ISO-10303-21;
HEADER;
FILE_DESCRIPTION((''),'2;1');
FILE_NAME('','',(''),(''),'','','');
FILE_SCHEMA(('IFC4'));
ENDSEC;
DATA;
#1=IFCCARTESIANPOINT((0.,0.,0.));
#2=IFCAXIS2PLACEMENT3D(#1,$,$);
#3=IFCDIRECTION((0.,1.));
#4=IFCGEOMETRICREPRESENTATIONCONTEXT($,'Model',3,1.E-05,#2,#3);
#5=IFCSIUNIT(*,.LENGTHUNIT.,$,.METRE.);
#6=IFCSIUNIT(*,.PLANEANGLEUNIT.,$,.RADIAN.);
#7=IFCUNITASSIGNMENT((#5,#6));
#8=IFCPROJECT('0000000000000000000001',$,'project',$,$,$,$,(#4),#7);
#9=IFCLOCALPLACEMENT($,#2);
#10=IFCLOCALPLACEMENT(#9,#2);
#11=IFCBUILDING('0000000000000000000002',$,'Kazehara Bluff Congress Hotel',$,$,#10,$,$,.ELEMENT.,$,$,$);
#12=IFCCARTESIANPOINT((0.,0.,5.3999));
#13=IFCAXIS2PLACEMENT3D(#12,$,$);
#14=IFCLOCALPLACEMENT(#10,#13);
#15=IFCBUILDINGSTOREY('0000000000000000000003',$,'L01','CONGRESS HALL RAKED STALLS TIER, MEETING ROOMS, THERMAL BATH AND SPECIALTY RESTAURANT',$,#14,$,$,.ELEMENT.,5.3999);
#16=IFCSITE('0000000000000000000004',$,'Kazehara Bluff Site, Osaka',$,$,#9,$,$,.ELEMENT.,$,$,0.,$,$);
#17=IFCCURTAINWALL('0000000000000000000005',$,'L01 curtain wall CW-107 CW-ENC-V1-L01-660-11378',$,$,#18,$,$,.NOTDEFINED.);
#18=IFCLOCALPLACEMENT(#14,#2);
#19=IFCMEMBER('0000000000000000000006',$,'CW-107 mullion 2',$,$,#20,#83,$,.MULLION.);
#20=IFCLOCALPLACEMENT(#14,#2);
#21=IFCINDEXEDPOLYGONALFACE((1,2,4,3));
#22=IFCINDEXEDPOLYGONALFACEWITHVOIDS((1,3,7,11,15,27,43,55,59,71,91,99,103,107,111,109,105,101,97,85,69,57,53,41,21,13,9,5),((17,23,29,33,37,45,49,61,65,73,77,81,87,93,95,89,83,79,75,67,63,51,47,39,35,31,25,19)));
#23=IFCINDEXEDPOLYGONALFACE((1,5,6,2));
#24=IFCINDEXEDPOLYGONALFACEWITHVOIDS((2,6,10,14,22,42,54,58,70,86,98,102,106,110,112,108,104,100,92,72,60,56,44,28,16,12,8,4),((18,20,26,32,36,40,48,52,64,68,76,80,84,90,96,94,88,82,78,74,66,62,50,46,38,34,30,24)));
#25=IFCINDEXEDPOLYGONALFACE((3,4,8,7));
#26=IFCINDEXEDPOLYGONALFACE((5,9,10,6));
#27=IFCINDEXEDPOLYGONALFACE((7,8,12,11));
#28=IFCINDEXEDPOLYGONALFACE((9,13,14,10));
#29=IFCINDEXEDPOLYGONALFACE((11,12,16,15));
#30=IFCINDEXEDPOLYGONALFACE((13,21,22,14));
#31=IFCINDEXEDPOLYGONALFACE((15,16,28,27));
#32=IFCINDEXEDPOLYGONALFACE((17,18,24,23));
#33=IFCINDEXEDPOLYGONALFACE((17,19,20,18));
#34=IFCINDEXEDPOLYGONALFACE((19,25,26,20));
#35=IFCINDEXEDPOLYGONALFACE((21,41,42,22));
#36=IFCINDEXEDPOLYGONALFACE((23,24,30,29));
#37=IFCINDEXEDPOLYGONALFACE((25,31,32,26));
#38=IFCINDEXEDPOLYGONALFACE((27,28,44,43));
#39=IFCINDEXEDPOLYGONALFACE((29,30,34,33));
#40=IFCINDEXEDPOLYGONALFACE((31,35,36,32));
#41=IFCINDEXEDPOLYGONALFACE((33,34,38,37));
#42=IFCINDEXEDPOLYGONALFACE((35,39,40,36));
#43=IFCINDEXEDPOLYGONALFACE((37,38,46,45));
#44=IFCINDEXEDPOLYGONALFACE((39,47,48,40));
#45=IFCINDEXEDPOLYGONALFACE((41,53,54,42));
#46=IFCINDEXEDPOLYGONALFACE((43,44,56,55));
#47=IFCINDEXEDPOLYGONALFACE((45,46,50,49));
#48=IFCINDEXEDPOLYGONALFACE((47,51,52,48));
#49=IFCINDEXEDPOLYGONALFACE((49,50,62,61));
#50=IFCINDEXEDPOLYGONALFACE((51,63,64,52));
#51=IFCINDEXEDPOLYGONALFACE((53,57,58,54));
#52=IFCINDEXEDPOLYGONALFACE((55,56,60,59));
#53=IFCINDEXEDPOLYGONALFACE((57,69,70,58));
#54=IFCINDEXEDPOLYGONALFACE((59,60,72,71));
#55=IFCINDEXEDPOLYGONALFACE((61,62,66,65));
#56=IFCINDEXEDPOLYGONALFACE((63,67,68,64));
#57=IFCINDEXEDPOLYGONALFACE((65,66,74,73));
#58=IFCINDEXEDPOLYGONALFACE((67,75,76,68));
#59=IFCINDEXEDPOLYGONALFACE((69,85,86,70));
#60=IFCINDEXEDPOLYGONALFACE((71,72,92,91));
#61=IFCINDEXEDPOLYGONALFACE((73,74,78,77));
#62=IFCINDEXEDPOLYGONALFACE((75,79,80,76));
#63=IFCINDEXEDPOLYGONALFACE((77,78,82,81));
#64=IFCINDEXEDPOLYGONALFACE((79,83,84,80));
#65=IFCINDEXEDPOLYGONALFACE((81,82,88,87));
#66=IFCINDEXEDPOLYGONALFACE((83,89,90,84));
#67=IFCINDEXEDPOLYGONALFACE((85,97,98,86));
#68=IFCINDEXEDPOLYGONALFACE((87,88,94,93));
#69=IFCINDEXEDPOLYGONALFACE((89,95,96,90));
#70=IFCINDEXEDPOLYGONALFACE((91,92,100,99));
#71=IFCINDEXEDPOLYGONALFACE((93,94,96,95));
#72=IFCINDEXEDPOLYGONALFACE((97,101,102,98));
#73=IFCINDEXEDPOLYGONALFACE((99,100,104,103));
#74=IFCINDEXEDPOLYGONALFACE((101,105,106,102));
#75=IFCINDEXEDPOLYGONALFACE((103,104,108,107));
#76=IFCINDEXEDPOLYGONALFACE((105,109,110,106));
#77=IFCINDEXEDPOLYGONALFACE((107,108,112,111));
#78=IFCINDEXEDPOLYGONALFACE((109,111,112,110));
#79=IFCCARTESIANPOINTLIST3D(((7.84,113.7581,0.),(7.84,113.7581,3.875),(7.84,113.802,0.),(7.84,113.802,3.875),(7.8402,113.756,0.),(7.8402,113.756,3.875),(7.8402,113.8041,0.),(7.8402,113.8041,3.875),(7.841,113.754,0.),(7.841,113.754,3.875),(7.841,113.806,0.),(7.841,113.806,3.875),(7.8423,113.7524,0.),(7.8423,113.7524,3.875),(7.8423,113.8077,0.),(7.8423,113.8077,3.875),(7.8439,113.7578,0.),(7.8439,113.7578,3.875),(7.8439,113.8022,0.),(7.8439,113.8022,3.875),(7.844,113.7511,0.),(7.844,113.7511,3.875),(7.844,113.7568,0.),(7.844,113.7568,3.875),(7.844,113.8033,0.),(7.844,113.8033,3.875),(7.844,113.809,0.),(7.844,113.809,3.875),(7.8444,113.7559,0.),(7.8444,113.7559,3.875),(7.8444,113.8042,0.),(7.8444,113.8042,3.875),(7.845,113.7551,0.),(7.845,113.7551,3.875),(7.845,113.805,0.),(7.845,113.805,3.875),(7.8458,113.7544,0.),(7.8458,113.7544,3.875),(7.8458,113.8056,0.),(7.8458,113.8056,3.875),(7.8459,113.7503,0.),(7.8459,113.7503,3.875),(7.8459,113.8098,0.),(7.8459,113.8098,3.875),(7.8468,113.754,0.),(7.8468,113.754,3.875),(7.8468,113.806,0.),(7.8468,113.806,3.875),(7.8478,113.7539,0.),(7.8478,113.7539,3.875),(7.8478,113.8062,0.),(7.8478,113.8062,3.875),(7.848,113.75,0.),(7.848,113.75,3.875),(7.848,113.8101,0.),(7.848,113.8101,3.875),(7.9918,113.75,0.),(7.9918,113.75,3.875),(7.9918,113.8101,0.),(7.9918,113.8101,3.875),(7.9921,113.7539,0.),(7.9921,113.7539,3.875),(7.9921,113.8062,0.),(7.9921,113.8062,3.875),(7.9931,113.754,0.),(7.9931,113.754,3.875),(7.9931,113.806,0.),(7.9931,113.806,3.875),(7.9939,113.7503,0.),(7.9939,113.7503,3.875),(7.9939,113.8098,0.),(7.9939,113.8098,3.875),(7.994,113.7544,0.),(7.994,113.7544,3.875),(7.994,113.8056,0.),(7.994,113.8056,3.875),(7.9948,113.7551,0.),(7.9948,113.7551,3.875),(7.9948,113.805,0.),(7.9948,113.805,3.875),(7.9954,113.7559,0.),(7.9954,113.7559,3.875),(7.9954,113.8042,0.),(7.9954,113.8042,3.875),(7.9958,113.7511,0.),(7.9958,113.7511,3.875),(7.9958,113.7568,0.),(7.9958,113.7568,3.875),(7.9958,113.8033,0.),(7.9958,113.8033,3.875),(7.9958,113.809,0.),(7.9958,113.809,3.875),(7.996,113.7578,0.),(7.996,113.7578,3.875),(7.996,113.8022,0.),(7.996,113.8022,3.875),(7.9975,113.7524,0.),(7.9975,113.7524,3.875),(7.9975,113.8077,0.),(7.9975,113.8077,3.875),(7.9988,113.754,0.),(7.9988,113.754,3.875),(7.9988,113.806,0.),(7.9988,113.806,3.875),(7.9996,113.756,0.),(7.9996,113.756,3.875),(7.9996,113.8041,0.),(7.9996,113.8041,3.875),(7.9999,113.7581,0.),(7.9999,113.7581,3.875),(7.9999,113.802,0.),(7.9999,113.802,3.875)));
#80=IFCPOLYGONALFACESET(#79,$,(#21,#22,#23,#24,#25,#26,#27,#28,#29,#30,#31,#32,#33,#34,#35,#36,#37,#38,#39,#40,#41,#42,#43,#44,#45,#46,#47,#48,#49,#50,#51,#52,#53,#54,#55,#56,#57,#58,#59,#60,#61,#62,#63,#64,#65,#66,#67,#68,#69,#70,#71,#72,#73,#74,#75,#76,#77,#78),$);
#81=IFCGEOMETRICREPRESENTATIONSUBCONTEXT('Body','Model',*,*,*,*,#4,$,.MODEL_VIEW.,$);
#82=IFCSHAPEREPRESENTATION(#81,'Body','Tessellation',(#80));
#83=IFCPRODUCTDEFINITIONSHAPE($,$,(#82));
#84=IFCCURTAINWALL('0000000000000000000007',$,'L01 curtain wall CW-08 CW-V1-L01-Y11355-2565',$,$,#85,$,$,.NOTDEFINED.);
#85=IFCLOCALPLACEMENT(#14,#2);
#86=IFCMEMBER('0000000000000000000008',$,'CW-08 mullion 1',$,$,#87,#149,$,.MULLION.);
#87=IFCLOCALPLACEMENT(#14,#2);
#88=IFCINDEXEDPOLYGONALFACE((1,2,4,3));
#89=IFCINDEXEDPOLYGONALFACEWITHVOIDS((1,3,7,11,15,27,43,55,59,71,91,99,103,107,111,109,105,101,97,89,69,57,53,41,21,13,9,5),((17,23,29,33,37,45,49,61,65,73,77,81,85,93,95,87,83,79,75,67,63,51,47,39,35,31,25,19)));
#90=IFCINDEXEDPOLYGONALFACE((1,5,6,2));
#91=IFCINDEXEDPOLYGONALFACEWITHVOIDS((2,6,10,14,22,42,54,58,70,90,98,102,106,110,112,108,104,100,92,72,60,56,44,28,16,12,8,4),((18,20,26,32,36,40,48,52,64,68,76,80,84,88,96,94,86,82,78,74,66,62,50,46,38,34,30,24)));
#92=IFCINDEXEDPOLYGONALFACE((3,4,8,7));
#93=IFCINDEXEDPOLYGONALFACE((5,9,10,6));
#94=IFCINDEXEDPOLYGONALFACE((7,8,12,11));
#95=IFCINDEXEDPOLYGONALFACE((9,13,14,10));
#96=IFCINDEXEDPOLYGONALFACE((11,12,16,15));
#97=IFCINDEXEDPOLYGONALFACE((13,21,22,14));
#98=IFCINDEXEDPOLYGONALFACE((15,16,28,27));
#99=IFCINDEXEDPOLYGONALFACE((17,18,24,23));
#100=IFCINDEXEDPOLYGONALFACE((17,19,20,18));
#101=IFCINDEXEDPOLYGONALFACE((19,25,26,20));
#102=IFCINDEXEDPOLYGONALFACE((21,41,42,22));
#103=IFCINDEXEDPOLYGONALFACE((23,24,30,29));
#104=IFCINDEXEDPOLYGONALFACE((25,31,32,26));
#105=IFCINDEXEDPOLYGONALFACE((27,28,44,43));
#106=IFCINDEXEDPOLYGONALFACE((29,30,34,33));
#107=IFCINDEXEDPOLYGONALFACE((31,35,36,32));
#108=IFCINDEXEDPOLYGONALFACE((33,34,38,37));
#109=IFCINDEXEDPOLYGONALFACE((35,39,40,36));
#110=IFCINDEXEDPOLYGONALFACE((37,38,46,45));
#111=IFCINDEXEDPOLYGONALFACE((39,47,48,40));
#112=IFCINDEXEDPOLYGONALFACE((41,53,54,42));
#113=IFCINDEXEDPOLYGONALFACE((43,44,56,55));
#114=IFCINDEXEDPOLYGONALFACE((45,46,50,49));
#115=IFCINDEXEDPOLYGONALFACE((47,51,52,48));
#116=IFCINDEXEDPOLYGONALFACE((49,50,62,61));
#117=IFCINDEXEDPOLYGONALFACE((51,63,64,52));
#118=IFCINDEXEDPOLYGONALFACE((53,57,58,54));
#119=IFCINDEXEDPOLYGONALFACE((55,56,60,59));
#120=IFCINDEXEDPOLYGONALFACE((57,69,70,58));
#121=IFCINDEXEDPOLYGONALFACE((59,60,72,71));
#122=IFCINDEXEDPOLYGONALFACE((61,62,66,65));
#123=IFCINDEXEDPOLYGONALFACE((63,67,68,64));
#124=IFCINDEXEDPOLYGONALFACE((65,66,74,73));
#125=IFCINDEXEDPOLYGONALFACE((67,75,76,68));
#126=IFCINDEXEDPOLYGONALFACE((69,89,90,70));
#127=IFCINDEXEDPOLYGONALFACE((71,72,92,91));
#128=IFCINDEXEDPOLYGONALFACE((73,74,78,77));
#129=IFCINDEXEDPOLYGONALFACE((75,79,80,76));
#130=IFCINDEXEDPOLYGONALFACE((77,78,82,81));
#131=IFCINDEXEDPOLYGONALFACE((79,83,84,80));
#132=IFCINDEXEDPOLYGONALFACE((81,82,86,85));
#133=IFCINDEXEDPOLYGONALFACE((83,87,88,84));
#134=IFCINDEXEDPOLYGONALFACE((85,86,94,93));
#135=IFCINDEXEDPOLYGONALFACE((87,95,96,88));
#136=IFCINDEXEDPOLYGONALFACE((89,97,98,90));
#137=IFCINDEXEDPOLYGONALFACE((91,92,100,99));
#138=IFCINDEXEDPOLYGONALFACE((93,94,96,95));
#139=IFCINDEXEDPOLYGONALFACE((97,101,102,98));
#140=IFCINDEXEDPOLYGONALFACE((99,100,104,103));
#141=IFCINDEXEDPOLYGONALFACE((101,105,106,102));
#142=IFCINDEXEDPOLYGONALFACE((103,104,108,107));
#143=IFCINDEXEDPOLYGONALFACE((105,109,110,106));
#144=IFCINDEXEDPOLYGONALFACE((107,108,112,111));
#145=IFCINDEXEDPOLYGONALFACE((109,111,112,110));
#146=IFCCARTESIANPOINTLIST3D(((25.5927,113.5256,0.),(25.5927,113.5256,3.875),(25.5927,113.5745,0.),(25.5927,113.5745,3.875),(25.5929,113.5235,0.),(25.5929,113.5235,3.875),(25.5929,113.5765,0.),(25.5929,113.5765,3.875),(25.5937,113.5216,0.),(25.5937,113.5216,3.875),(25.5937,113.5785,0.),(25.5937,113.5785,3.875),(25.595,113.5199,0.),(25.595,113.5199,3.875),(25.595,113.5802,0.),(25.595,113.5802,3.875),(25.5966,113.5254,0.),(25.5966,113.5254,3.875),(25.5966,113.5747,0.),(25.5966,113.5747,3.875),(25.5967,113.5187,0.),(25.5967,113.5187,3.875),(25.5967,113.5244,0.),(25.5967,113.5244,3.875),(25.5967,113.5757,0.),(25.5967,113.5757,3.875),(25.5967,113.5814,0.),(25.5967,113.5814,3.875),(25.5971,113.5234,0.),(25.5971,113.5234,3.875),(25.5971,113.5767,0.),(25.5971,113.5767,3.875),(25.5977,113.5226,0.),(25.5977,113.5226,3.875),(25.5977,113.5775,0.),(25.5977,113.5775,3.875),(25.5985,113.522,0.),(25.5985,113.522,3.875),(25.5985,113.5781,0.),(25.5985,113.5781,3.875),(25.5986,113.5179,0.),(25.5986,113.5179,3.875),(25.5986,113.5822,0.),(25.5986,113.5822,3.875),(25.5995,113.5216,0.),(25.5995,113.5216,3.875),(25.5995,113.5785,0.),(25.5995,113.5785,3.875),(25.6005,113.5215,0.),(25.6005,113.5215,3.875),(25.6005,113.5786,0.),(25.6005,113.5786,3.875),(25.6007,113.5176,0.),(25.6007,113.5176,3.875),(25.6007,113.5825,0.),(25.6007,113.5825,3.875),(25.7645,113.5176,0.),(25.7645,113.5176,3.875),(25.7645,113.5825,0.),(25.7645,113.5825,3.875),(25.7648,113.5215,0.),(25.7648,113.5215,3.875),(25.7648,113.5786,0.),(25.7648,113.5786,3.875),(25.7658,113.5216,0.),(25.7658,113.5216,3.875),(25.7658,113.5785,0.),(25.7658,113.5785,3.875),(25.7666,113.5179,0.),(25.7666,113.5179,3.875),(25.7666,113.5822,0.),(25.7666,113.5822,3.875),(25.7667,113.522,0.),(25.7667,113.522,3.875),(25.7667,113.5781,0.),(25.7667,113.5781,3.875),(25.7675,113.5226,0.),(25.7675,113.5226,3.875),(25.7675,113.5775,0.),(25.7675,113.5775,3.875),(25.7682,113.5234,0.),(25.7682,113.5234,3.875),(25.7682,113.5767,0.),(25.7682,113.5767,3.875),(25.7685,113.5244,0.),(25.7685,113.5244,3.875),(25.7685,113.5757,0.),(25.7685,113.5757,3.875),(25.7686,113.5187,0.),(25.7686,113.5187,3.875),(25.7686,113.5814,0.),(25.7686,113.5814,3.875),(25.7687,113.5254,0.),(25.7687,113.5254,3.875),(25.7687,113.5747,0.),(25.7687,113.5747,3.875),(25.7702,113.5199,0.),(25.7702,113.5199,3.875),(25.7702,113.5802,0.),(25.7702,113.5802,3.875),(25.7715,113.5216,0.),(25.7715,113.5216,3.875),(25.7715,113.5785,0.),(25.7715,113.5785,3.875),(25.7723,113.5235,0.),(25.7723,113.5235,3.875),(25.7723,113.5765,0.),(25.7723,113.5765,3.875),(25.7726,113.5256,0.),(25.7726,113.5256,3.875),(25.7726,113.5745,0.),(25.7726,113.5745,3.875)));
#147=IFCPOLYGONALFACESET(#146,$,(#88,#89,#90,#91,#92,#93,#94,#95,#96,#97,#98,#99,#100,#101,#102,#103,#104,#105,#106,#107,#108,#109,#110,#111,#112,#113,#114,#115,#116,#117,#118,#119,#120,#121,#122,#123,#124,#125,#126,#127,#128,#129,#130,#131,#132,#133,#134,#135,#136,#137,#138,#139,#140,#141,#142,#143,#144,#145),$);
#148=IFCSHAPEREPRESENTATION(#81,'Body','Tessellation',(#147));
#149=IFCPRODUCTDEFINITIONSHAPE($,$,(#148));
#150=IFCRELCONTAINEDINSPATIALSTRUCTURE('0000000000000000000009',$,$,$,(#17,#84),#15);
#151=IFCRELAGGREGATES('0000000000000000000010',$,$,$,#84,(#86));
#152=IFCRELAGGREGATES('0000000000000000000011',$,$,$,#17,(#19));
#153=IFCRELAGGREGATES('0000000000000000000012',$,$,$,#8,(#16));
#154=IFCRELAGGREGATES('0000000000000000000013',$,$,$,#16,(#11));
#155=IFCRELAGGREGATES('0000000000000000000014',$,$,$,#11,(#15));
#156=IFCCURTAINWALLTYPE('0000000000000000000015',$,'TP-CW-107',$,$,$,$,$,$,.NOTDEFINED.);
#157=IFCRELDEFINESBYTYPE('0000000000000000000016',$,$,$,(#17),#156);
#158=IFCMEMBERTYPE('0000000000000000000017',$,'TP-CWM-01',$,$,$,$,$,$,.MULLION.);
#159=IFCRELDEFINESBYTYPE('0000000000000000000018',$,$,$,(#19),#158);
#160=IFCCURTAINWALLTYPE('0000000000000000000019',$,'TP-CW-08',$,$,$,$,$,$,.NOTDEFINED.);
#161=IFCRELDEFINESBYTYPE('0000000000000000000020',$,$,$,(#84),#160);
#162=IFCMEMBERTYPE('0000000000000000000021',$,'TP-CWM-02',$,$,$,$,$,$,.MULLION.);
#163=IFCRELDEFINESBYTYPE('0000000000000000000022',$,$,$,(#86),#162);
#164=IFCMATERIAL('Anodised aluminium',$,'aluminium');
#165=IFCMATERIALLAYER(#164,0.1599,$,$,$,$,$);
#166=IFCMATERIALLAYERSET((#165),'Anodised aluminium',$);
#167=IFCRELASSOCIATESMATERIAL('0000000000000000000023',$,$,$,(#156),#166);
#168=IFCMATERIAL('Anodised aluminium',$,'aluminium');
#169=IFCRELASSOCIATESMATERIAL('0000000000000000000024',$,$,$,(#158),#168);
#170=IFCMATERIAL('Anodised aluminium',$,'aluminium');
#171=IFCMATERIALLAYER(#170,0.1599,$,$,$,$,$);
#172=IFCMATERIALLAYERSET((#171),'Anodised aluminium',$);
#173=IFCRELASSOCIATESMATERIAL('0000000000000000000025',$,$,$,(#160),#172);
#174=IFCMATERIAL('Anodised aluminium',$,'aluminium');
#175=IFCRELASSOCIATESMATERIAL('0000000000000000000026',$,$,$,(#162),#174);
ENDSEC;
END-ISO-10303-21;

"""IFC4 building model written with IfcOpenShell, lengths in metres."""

from ifc_helpers import new_model, si_unit, direction, frame, origin, origin_2d, place, context, subcontext, project, spatial, hollow_rectangle, extrude, material, layer, layer_set, material_profile, profile_set, type_object, element, aggregate, save


model = new_model("IFC4")

# Units and contexts
model_context = context("Model", 3, precision=1e-05, world=origin(), true_north=direction((0.0, 1.0)))
body_context = subcontext(model_context, "Body", "Model", "MODEL_VIEW")
ifc_project = project(units=[si_unit("LENGTHUNIT", "METRE"), si_unit("PLANEANGLEUNIT", "RADIAN")], contexts=[model_context])

# Site, building, storey
site_placement = place(None, origin())
site = spatial("IfcSite", under=ifc_project, at=site_placement, Name="Kazehara Bluff Site, Osaka", CompositionType="ELEMENT", RefElevation=0.0)
building_placement = place(site_placement, origin())
building = spatial("IfcBuilding", under=site, at=building_placement, Name="Kazehara Bluff Congress Hotel", CompositionType="ELEMENT")
storey_placement = place(building_placement, frame((0.0, 0.0, 5.3999)))
storey = spatial("IfcBuildingStorey", under=building, at=storey_placement, Name="L01", Description="CONGRESS HALL RAKED STALLS TIER, MEETING ROOMS, THERMAL BATH AND SPECIALTY RESTAURANT", CompositionType="ELEMENT", Elevation=5.3999)

# Curtain wall, member
ifc_material_1 = material(Name="Anodised aluminium", Category="aluminium")
ifc_layer_1 = layer(ifc_material_1, 0.1599)
ifc_layer_set_1 = layer_set([ifc_layer_1], Name="Anodised aluminium")
curtain_wall_type_1 = type_object("IfcCurtainWallType", Name="TP-CW-107", PredefinedType="NOTDEFINED", material=ifc_layer_set_1)
curtain_wall_1_placement = place(storey_placement, origin())
curtain_wall_1 = element("IfcCurtainWall", 1, at=curtain_wall_1_placement, inside=storey, type_object=curtain_wall_type_1, Name="L01 curtain wall CW-107 CW-ENC-V1-L01-660-11378", PredefinedType="NOTDEFINED")
ifc_material_2 = material(Name="Anodised aluminium", Category="aluminium")
ifc_material_profile_1 = material_profile(ifc_material_2, hollow_rectangle(XDim=0.0601, YDim=0.1599, WallThickness=0.0039, InnerFilletRadius=0.0039, OuterFilletRadius=0.0081, at=origin_2d()))
ifc_profile_set_1 = profile_set([ifc_material_profile_1], Name="Anodised aluminium")
member_type_1 = type_object("IfcMemberType", Name="TP-CWM-01", PredefinedType="MULLION", material=ifc_profile_set_1)
member_1_placement = place(storey_placement, frame((7.9199, 113.78, 0.0), z_axis=(0.0, 0.0, 1.0), x_axis=(0.0, 1.0, 0.0)))
member_1 = element("IfcMember", 2, at=member_1_placement, type_object=member_type_1, Name="CW-107 mullion 2", PredefinedType="MULLION", context=body_context, shape_type="SweptSolid", body=[
    extrude(hollow_rectangle(XDim=0.0601, YDim=0.1599, WallThickness=0.0039, InnerFilletRadius=0.0039, OuterFilletRadius=0.0081, at=origin_2d()), origin(), (0.0, 0.0, 1.0), 3.875),
])

# Curtain wall, member
ifc_material_3 = material(Name="Anodised aluminium", Category="aluminium")
ifc_layer_2 = layer(ifc_material_3, 0.1599)
ifc_layer_set_2 = layer_set([ifc_layer_2], Name="Anodised aluminium")
curtain_wall_type_2 = type_object("IfcCurtainWallType", Name="TP-CW-08", PredefinedType="NOTDEFINED", material=ifc_layer_set_2)
curtain_wall_2_placement = place(storey_placement, origin())
curtain_wall_2 = element("IfcCurtainWall", 3, at=curtain_wall_2_placement, inside=storey, type_object=curtain_wall_type_2, Name="L01 curtain wall CW-08 CW-V1-L01-Y11355-2565", PredefinedType="NOTDEFINED")
ifc_material_4 = material(Name="Anodised aluminium", Category="aluminium")
ifc_material_profile_2 = material_profile(ifc_material_4, hollow_rectangle(XDim=0.0649, YDim=0.1799, WallThickness=0.0039, InnerFilletRadius=0.0039, OuterFilletRadius=0.0081, at=origin_2d()))
ifc_profile_set_2 = profile_set([ifc_material_profile_2], Name="Anodised aluminium")
member_type_2 = type_object("IfcMemberType", Name="TP-CWM-02", PredefinedType="MULLION", material=ifc_profile_set_2)
member_2_placement = place(storey_placement, frame((25.6826, 113.55, 0.0), z_axis=(0.0, 0.0, 1.0), x_axis=(0.0, 1.0, 0.0)))
member_2 = element("IfcMember", 4, at=member_2_placement, type_object=member_type_2, Name="CW-08 mullion 1", PredefinedType="MULLION", context=body_context, shape_type="SweptSolid", body=[
    extrude(hollow_rectangle(XDim=0.0649, YDim=0.1799, WallThickness=0.0039, InnerFilletRadius=0.0039, OuterFilletRadius=0.0081, at=origin_2d()), origin(), (0.0, 0.0, 1.0), 3.875),
])

aggregate(curtain_wall_2, [member_2])
aggregate(curtain_wall_1, [member_1])

save(model, "model.ifc")
